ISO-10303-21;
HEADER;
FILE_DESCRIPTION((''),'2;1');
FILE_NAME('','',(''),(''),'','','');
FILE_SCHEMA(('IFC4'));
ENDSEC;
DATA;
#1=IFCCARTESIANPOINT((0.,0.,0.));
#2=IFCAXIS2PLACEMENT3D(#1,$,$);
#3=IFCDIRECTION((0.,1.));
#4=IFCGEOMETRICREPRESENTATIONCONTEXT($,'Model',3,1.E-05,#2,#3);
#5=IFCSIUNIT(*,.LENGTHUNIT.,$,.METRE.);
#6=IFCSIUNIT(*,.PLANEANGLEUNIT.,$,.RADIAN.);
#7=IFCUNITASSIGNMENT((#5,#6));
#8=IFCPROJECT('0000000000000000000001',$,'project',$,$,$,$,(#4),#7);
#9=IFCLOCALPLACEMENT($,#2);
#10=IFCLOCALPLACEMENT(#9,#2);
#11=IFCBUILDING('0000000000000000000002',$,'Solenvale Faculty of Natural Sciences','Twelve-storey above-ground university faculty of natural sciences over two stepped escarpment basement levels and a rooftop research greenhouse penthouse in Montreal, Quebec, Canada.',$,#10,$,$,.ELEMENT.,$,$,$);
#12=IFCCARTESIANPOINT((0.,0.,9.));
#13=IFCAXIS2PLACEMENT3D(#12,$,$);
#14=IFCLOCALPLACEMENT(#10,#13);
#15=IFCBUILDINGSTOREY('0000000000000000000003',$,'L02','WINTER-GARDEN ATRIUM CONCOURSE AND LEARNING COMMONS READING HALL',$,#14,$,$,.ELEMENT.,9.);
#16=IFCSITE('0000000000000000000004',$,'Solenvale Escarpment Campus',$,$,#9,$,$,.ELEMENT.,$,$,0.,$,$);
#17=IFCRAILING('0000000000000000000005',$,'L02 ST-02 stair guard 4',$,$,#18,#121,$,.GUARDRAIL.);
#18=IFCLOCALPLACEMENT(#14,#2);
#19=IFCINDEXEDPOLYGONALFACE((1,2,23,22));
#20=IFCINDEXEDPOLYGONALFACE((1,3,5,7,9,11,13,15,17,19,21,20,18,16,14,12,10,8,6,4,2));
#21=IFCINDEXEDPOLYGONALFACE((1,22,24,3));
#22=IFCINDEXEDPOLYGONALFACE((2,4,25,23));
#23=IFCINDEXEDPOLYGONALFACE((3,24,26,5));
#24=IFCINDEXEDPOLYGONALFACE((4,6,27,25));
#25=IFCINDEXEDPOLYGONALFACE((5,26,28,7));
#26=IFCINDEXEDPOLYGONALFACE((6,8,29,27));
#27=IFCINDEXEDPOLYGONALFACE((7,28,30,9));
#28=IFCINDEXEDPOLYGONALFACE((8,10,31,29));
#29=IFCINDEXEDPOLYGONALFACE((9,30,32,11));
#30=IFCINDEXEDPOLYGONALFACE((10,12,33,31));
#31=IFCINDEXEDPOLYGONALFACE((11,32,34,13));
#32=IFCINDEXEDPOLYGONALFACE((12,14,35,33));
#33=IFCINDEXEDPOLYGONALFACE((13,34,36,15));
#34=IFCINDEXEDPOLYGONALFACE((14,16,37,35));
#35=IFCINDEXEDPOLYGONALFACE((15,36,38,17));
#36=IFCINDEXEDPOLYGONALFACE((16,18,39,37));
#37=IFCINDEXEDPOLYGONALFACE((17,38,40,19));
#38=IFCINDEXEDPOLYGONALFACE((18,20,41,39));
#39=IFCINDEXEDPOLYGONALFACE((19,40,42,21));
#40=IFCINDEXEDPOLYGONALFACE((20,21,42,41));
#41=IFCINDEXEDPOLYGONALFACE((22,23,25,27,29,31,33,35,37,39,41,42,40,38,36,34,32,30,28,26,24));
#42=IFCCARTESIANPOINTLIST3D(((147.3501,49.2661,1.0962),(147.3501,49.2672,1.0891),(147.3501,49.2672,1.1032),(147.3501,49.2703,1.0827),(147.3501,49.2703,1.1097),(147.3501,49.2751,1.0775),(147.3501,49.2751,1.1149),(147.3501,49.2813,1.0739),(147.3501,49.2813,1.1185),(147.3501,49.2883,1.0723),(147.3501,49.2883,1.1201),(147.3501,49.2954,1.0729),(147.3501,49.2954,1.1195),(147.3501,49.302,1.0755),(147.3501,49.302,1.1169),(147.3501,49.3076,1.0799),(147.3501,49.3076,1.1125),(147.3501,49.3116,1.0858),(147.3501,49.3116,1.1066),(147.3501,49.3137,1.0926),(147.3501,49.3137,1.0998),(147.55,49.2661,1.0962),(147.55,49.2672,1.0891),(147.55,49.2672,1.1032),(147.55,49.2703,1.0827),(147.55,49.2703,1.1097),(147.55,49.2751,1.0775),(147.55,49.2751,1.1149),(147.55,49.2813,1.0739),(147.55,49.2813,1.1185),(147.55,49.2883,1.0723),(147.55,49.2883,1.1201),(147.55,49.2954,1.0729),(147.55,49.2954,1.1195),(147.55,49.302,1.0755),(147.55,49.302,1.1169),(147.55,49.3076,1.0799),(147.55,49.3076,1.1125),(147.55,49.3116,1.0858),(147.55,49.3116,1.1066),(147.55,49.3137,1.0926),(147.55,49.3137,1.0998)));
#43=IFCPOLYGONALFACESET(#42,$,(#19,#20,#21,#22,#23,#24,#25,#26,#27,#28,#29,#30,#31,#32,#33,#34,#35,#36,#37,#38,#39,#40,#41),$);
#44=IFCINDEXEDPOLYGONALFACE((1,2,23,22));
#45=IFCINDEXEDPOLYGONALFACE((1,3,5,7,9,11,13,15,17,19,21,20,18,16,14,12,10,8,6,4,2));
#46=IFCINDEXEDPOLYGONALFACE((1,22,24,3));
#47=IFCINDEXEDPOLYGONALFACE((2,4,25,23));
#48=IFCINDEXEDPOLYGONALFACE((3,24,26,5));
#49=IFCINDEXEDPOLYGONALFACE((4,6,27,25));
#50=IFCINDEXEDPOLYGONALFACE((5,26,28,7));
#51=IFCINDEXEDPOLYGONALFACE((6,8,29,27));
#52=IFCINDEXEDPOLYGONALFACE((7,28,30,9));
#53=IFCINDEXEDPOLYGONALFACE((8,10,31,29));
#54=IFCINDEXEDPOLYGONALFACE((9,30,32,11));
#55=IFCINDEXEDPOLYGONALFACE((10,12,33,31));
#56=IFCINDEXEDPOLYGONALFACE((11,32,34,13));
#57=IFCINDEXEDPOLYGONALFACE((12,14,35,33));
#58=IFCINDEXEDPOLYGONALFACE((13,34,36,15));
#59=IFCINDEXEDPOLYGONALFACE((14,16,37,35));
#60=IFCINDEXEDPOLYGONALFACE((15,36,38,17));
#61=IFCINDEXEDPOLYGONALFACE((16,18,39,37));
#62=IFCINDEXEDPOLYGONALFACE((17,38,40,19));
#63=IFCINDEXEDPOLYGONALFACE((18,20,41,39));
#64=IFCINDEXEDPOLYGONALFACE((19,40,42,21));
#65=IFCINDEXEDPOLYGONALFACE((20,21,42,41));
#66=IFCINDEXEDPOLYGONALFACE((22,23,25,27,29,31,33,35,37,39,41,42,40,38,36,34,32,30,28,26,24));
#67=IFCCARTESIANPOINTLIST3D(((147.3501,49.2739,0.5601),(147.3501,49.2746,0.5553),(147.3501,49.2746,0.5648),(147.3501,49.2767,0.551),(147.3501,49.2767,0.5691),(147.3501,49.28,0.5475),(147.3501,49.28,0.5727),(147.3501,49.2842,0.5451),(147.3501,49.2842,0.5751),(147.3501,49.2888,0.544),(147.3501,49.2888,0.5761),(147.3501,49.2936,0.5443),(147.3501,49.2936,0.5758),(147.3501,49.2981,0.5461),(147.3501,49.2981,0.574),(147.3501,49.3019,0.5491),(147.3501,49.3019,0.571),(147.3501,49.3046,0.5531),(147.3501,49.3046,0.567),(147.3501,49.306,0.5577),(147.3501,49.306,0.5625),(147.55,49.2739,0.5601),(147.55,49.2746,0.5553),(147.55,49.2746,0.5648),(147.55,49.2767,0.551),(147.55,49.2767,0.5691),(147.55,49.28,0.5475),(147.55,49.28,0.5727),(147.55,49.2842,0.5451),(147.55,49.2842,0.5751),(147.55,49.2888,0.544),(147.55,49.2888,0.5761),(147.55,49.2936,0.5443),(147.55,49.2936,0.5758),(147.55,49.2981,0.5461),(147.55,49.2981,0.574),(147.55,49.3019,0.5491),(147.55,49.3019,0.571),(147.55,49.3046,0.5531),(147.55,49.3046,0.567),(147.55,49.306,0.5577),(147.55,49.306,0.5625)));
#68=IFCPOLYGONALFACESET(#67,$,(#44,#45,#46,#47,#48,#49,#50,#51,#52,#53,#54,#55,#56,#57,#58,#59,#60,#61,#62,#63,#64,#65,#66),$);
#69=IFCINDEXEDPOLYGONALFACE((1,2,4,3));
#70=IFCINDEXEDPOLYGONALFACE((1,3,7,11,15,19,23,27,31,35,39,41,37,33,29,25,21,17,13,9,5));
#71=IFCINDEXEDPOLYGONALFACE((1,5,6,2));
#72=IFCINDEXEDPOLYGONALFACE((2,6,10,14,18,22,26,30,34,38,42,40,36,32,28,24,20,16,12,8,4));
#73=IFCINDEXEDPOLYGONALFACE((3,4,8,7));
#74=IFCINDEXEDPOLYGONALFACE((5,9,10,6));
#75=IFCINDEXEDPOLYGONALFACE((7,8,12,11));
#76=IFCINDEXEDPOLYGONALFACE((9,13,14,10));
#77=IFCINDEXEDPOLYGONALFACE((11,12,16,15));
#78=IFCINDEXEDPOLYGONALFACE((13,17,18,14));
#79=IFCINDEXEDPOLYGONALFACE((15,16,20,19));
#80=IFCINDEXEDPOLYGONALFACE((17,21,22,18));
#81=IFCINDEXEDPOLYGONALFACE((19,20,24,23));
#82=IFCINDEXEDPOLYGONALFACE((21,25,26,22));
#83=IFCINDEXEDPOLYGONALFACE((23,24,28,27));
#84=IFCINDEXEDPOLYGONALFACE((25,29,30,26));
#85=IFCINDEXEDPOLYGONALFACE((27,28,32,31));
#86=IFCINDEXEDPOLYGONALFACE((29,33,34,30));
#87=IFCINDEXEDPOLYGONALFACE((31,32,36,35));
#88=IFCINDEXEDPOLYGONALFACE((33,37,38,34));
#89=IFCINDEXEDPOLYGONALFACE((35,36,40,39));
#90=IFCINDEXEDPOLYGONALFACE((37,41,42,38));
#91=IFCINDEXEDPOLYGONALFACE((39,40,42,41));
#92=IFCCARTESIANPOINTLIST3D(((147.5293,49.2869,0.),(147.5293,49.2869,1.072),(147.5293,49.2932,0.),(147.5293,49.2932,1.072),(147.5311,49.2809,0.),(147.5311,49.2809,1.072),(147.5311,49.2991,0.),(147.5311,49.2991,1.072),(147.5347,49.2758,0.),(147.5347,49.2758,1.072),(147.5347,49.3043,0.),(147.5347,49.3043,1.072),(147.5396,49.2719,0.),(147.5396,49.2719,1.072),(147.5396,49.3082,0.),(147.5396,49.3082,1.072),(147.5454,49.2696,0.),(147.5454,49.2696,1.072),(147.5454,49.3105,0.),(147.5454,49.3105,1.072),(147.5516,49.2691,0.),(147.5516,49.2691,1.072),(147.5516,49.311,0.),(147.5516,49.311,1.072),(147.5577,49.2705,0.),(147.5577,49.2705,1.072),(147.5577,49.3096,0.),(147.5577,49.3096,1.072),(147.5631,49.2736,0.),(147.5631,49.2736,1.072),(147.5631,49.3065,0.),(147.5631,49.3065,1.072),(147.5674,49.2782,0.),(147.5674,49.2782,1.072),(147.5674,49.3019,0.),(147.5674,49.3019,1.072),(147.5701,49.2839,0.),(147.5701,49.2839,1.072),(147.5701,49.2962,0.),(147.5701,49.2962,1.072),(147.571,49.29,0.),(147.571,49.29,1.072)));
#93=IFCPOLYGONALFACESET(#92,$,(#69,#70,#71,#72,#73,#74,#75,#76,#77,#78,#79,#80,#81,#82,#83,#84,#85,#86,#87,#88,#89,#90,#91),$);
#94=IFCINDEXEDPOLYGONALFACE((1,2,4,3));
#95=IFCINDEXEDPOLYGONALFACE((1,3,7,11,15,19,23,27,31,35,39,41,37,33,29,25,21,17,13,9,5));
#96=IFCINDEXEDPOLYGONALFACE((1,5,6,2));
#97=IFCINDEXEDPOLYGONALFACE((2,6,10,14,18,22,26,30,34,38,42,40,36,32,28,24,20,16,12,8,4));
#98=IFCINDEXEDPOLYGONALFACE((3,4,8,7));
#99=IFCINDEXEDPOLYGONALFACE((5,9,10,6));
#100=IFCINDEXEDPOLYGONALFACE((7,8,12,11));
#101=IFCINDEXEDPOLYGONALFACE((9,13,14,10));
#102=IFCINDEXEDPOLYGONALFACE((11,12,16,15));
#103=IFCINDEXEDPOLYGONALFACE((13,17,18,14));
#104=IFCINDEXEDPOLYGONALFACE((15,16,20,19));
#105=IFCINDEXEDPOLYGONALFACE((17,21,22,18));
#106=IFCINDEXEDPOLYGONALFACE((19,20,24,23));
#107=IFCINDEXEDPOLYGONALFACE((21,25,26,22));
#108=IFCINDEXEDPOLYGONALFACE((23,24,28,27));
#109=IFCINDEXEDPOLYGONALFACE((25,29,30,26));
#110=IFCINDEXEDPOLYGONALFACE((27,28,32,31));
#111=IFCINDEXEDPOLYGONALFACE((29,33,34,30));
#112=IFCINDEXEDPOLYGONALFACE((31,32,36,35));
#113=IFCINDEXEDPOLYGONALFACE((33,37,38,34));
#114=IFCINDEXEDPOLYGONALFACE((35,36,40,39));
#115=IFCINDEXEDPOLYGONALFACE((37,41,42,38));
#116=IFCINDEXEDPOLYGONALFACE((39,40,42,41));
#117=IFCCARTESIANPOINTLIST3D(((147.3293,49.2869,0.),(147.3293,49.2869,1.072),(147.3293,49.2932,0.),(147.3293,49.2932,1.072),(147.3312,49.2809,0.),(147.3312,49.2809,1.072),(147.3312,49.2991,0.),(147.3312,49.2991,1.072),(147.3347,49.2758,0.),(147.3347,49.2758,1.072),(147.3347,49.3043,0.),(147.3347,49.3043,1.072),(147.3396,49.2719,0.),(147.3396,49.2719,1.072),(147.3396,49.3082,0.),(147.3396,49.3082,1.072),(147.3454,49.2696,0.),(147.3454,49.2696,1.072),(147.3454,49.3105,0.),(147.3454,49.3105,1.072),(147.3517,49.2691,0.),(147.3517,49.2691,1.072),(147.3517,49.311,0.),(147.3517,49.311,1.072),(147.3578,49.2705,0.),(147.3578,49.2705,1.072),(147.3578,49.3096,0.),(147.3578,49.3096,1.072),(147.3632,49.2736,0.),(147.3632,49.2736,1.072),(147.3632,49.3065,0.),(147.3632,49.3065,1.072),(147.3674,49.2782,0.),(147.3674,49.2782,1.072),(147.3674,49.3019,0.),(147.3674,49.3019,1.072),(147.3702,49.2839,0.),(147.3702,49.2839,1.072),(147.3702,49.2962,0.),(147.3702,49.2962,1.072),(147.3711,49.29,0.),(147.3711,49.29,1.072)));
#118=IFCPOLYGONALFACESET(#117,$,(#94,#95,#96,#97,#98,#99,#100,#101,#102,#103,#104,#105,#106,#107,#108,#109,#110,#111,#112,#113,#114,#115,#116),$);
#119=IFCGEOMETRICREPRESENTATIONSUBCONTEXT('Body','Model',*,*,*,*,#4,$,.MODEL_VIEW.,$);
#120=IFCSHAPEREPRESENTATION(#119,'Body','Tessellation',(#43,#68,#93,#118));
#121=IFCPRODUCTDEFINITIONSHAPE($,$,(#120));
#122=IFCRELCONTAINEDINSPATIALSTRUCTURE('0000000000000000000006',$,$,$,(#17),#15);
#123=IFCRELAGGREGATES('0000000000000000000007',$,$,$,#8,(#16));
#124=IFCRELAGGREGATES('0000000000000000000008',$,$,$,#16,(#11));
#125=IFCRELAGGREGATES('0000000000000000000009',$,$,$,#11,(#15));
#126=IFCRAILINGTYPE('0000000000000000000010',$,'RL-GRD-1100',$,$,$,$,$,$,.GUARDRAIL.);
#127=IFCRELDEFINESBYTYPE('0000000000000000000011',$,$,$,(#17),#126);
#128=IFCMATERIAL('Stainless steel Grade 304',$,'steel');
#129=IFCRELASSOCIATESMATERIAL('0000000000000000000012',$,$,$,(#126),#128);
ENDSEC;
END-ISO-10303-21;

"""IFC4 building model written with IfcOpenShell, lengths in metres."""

from ifc_helpers import new_model, si_unit, direction, frame, origin, origin_2d, place, context, subcontext, project, spatial, circle, extrude, material, type_object, element, save


model = new_model("IFC4")

# Units and contexts
model_context = context("Model", 3, precision=1e-05, world=origin(), true_north=direction((0.0, 1.0)))
body_context = subcontext(model_context, "Body", "Model", "MODEL_VIEW")
ifc_project = project(units=[si_unit("LENGTHUNIT", "METRE"), si_unit("PLANEANGLEUNIT", "RADIAN")], contexts=[model_context])

# Site, building, storey
site_placement = place(None, origin())
site = spatial("IfcSite", under=ifc_project, at=site_placement, Name="Solenvale Escarpment Campus", CompositionType="ELEMENT", RefElevation=0.0)
building_placement = place(site_placement, origin())
building = spatial("IfcBuilding", under=site, at=building_placement, Name="Solenvale Faculty of Natural Sciences", Description="Twelve-storey above-ground university faculty of natural sciences over two stepped escarpment basement levels and a rooftop research greenhouse penthouse in Montreal, Quebec, Canada.", CompositionType="ELEMENT")
storey_placement = place(building_placement, frame((0.0, 0.0, 9.0)))
storey = spatial("IfcBuildingStorey", under=building, at=storey_placement, Name="L02", Description="WINTER-GARDEN ATRIUM CONCOURSE AND LEARNING COMMONS READING HALL", CompositionType="ELEMENT", Elevation=9.0)

# Shared definitions
ifc_material_1 = material(Name="Stainless steel Grade 304", Category="steel")

# Railing
railing_type_1 = type_object("IfcRailingType", Name="RL-GRD-1100", PredefinedType="GUARDRAIL", material=ifc_material_1)
railing_1_placement = place(storey_placement, frame((147.55, 49.29, 0.0)))
element("IfcRailing", 1, at=railing_1_placement, inside=storey, type_object=railing_type_1, Name="L02 ST-02 stair guard 4", PredefinedType="GUARDRAIL", context=body_context, shape_type="SweptSolid", body=[
    extrude(circle(Radius=0.0239, at=origin_2d()), frame((0.0, 0.0, 1.0962), z_axis=(-1.0, 0.0, 0.0), x_axis=(0.0, -1.0, 0.0)), (0.0, 0.0, 1.0), 0.2),
    extrude(circle(Radius=0.0161, at=origin_2d()), frame((0.0, 0.0, 0.5601), z_axis=(-1.0, 0.0, 0.0), x_axis=(0.0, -1.0, 0.0)), (0.0, 0.0, 1.0), 0.2),
    extrude(circle(Radius=0.021, at=origin_2d()), origin(), (0.0, 0.0, 1.0), 1.072),
    extrude(circle(Radius=0.021, at=origin_2d()), frame((-0.2, 0.0, 0.0)), (0.0, 0.0, 1.0), 1.072),
])

save(model, "model.ifc")
